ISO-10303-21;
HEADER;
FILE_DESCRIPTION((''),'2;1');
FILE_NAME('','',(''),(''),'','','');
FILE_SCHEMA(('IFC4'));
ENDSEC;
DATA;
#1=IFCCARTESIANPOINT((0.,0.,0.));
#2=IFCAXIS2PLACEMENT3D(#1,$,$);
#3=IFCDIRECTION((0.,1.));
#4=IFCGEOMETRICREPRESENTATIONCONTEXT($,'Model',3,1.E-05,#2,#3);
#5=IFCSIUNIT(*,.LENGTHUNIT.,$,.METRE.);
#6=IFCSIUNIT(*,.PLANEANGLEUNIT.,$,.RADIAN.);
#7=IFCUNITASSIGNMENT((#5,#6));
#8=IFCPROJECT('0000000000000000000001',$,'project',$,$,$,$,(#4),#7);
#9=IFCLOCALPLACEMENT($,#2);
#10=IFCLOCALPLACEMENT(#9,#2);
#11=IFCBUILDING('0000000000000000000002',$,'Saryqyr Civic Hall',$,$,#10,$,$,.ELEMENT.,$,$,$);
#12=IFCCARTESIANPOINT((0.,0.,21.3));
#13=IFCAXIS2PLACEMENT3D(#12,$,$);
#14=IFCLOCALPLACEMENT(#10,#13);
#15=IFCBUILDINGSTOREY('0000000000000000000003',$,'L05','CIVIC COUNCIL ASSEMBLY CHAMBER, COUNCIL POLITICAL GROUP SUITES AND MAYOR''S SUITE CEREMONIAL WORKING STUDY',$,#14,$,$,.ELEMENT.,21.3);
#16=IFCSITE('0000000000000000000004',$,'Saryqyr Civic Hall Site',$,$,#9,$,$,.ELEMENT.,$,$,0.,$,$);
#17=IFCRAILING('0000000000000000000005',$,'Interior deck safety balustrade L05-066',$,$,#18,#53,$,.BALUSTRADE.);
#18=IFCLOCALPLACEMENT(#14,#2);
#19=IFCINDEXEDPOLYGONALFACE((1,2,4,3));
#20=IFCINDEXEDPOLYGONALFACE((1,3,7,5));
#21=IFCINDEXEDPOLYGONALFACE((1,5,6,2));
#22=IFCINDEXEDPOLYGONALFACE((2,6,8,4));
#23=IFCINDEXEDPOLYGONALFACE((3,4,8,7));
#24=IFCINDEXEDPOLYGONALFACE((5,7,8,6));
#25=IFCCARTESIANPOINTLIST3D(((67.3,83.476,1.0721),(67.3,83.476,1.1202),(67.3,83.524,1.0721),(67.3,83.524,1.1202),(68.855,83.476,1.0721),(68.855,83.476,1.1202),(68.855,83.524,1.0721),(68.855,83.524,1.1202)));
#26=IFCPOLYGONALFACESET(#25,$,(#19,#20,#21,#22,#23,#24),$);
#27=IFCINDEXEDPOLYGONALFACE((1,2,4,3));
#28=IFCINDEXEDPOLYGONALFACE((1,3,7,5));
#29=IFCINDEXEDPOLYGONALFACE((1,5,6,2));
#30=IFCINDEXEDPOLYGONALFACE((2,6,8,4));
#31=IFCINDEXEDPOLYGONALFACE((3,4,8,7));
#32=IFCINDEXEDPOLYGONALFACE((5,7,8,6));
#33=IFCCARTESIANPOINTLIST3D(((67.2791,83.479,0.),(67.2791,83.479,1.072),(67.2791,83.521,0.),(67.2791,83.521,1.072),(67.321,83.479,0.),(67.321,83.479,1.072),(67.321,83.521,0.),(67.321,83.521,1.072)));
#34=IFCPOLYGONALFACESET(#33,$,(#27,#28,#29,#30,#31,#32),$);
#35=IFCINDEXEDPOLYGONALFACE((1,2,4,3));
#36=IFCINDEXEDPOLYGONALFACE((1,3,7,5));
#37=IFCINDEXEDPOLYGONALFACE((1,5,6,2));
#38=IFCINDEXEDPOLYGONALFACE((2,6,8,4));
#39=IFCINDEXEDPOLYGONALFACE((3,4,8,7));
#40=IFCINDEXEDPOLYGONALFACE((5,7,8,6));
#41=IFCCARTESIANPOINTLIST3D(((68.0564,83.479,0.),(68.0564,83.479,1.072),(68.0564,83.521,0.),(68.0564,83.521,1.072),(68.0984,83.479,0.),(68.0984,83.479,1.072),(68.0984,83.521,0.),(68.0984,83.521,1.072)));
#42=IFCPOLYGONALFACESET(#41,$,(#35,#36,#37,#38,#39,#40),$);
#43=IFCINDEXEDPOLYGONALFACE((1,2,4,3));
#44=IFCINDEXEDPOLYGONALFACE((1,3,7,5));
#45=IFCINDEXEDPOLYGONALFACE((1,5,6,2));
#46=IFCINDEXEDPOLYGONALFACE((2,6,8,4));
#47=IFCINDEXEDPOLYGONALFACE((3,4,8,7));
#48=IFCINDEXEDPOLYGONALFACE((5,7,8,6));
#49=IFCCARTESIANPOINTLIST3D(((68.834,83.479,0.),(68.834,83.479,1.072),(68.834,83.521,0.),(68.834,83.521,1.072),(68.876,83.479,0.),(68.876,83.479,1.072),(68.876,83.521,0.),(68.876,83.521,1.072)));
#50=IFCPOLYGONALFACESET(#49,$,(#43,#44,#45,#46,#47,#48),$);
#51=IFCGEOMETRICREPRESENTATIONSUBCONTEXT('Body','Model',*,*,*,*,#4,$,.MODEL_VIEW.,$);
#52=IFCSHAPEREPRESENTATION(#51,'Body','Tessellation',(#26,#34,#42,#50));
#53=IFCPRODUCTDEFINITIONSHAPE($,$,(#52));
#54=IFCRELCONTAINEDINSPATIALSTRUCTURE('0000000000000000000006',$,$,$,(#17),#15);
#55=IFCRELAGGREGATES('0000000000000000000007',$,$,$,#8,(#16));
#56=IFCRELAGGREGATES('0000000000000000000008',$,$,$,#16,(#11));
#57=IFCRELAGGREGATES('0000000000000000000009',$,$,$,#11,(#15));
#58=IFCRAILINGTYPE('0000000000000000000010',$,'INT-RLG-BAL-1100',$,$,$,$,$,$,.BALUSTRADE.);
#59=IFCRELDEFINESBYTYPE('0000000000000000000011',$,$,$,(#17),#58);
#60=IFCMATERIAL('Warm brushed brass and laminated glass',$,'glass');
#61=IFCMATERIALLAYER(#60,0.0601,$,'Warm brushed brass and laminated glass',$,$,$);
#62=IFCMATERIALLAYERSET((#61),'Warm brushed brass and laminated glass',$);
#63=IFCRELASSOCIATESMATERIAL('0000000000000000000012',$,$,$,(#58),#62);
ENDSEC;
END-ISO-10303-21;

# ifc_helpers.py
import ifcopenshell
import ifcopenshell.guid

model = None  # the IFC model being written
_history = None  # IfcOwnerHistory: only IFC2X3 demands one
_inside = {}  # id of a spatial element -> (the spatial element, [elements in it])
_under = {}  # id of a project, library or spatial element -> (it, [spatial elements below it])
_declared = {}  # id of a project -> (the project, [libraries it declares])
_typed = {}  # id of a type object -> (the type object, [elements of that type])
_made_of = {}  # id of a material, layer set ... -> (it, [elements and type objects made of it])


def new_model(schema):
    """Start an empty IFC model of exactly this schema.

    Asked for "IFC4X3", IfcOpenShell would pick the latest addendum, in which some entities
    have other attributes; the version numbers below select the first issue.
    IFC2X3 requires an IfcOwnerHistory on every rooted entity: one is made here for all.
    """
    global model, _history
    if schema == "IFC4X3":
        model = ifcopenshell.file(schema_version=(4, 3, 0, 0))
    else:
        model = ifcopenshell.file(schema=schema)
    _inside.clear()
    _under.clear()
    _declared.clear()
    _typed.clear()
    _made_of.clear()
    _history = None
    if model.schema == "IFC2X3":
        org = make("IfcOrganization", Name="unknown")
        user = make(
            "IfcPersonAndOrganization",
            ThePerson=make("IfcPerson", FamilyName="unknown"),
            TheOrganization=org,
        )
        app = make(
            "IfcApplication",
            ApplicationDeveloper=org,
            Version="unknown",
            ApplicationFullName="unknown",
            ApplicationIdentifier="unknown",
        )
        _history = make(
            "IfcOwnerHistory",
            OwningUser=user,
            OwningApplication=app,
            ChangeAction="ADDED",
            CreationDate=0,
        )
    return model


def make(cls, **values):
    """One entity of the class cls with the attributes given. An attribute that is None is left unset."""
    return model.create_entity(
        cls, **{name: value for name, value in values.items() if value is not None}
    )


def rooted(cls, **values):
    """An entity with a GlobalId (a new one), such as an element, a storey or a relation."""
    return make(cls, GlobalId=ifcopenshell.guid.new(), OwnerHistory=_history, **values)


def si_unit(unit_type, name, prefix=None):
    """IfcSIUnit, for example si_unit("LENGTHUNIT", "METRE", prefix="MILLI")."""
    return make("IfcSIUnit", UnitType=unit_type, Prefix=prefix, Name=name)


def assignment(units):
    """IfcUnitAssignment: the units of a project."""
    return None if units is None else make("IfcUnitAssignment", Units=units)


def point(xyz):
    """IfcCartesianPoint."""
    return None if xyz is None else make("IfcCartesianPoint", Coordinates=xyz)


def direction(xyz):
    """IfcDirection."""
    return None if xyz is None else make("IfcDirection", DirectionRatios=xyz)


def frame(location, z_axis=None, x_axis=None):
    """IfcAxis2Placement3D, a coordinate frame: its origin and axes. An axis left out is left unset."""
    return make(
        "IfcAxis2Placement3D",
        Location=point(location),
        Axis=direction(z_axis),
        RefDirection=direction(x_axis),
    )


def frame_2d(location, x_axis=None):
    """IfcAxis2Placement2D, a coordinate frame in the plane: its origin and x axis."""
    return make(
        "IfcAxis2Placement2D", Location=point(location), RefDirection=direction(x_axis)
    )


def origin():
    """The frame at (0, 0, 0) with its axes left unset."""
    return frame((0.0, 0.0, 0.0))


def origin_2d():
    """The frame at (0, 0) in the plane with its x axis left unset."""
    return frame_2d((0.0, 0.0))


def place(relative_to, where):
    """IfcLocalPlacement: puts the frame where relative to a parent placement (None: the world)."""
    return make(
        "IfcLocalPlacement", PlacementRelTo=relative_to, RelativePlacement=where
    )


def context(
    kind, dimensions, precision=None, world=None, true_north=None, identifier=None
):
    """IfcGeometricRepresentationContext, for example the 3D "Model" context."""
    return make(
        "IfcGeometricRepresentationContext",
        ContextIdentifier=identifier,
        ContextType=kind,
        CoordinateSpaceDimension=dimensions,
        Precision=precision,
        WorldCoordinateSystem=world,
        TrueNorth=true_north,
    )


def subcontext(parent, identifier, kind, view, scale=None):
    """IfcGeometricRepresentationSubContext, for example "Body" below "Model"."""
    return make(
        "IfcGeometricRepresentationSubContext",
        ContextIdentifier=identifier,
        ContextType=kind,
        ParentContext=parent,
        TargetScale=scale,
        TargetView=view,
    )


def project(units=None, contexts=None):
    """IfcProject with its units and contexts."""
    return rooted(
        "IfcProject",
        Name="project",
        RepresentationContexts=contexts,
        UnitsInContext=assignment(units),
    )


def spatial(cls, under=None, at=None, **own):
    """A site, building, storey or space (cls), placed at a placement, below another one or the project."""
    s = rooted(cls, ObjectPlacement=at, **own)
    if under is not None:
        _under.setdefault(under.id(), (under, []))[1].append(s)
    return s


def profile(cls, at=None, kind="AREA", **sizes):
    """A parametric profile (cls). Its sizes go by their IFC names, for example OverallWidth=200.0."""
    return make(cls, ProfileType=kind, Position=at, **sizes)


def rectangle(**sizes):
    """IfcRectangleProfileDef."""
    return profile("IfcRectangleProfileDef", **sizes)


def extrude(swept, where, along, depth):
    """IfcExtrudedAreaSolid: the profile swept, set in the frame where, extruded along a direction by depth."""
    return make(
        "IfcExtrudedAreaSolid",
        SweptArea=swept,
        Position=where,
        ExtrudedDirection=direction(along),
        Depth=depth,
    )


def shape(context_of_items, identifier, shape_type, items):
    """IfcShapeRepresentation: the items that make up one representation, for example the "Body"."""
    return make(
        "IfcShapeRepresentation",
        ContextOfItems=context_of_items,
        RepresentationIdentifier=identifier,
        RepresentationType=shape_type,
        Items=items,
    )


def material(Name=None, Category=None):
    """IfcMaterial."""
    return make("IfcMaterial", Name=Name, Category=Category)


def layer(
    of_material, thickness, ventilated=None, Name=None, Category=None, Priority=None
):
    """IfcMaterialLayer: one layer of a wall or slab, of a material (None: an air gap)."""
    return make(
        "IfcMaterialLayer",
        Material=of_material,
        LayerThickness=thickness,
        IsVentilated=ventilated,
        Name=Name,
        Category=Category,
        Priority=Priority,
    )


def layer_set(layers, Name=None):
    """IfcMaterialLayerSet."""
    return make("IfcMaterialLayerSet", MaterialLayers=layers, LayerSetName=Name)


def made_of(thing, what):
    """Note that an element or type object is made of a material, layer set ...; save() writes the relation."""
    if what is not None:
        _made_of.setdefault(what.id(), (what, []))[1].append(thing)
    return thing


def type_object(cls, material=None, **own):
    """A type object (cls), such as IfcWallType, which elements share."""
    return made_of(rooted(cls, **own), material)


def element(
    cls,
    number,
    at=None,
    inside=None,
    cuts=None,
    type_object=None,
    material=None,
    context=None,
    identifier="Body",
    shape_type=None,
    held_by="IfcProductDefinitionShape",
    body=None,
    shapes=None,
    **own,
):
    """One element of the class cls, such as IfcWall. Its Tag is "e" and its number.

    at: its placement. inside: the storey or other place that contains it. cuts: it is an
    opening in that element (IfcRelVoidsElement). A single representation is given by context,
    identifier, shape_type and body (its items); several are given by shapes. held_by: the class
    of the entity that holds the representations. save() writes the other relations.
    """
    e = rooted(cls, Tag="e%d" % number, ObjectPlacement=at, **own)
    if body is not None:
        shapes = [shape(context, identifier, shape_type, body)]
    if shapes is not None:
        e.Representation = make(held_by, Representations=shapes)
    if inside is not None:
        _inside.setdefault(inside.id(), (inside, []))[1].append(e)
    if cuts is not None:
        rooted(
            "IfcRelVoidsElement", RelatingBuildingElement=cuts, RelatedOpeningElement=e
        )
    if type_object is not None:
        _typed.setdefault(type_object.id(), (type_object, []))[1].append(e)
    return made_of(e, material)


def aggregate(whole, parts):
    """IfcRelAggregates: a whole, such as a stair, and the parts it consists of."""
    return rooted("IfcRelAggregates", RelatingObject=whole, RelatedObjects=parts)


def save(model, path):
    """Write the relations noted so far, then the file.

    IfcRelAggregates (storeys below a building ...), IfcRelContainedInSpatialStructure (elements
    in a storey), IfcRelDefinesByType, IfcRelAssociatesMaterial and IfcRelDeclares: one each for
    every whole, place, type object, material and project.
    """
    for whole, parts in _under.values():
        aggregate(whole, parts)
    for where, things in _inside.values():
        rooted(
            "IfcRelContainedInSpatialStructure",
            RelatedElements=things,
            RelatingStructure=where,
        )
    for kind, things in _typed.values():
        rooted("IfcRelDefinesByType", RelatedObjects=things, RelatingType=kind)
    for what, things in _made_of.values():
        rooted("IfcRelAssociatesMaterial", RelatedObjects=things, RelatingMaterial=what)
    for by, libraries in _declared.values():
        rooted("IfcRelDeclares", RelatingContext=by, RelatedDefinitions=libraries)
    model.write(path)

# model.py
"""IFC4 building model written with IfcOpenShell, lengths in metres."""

from ifc_helpers import new_model, si_unit, direction, frame, origin, origin_2d, place, context, subcontext, project, spatial, rectangle, extrude, material, layer, layer_set, type_object, element, save


model = new_model("IFC4")

# Units and contexts
model_context = context("Model", 3, precision=1e-05, world=origin(), true_north=direction((0.0, 1.0)))
body_context = subcontext(model_context, "Body", "Model", "MODEL_VIEW")
ifc_project = project(units=[si_unit("LENGTHUNIT", "METRE"), si_unit("PLANEANGLEUNIT", "RADIAN")], contexts=[model_context])

# Site, building, storey
site_placement = place(None, origin())
site = spatial("IfcSite", under=ifc_project, at=site_placement, Name="Saryqyr Civic Hall Site", CompositionType="ELEMENT", RefElevation=0.0)
building_placement = place(site_placement, origin())
building = spatial("IfcBuilding", under=site, at=building_placement, Name="Saryqyr Civic Hall", CompositionType="ELEMENT")
storey_placement = place(building_placement, frame((0.0, 0.0, 21.3)))
storey = spatial("IfcBuildingStorey", under=building, at=storey_placement, Name="L05", Description="CIVIC COUNCIL ASSEMBLY CHAMBER, COUNCIL POLITICAL GROUP SUITES AND MAYOR'S SUITE CEREMONIAL WORKING STUDY", CompositionType="ELEMENT", Elevation=21.3)

# Railing
ifc_material_1 = material(Name="Warm brushed brass and laminated glass", Category="glass")
ifc_layer_1 = layer(ifc_material_1, 0.0601, Name="Warm brushed brass and laminated glass")
ifc_layer_set_1 = layer_set([ifc_layer_1], Name="Warm brushed brass and laminated glass")
railing_type = type_object("IfcRailingType", Name="INT-RLG-BAL-1100", PredefinedType="BALUSTRADE", material=ifc_layer_set_1)
railing_1_placement = place(storey_placement, frame((67.3, 83.5, 0.0)))
element("IfcRailing", 1, at=railing_1_placement, inside=storey, type_object=railing_type, Name="Interior deck safety balustrade L05-066", PredefinedType="BALUSTRADE", context=body_context, shape_type="SweptSolid", body=[
    extrude(rectangle(XDim=0.0481, YDim=0.0481, at=origin_2d()), frame((0.0, 0.0, 1.0962), z_axis=(1.0, 0.0, 0.0), x_axis=(0.0, 1.0, 0.0)), (0.0, 0.0, 1.0), 1.5549),
    extrude(rectangle(XDim=0.042, YDim=0.042, at=origin_2d()), origin(), (0.0, 0.0, 1.0), 1.072),
    extrude(rectangle(XDim=0.042, YDim=0.042, at=origin_2d()), frame((0.7773, 0.0, 0.0)), (0.0, 0.0, 1.0), 1.072),
    extrude(rectangle(XDim=0.042, YDim=0.042, at=origin_2d()), frame((1.5549, 0.0, 0.0)), (0.0, 0.0, 1.0), 1.072),
])

save(model, "model.ifc")
